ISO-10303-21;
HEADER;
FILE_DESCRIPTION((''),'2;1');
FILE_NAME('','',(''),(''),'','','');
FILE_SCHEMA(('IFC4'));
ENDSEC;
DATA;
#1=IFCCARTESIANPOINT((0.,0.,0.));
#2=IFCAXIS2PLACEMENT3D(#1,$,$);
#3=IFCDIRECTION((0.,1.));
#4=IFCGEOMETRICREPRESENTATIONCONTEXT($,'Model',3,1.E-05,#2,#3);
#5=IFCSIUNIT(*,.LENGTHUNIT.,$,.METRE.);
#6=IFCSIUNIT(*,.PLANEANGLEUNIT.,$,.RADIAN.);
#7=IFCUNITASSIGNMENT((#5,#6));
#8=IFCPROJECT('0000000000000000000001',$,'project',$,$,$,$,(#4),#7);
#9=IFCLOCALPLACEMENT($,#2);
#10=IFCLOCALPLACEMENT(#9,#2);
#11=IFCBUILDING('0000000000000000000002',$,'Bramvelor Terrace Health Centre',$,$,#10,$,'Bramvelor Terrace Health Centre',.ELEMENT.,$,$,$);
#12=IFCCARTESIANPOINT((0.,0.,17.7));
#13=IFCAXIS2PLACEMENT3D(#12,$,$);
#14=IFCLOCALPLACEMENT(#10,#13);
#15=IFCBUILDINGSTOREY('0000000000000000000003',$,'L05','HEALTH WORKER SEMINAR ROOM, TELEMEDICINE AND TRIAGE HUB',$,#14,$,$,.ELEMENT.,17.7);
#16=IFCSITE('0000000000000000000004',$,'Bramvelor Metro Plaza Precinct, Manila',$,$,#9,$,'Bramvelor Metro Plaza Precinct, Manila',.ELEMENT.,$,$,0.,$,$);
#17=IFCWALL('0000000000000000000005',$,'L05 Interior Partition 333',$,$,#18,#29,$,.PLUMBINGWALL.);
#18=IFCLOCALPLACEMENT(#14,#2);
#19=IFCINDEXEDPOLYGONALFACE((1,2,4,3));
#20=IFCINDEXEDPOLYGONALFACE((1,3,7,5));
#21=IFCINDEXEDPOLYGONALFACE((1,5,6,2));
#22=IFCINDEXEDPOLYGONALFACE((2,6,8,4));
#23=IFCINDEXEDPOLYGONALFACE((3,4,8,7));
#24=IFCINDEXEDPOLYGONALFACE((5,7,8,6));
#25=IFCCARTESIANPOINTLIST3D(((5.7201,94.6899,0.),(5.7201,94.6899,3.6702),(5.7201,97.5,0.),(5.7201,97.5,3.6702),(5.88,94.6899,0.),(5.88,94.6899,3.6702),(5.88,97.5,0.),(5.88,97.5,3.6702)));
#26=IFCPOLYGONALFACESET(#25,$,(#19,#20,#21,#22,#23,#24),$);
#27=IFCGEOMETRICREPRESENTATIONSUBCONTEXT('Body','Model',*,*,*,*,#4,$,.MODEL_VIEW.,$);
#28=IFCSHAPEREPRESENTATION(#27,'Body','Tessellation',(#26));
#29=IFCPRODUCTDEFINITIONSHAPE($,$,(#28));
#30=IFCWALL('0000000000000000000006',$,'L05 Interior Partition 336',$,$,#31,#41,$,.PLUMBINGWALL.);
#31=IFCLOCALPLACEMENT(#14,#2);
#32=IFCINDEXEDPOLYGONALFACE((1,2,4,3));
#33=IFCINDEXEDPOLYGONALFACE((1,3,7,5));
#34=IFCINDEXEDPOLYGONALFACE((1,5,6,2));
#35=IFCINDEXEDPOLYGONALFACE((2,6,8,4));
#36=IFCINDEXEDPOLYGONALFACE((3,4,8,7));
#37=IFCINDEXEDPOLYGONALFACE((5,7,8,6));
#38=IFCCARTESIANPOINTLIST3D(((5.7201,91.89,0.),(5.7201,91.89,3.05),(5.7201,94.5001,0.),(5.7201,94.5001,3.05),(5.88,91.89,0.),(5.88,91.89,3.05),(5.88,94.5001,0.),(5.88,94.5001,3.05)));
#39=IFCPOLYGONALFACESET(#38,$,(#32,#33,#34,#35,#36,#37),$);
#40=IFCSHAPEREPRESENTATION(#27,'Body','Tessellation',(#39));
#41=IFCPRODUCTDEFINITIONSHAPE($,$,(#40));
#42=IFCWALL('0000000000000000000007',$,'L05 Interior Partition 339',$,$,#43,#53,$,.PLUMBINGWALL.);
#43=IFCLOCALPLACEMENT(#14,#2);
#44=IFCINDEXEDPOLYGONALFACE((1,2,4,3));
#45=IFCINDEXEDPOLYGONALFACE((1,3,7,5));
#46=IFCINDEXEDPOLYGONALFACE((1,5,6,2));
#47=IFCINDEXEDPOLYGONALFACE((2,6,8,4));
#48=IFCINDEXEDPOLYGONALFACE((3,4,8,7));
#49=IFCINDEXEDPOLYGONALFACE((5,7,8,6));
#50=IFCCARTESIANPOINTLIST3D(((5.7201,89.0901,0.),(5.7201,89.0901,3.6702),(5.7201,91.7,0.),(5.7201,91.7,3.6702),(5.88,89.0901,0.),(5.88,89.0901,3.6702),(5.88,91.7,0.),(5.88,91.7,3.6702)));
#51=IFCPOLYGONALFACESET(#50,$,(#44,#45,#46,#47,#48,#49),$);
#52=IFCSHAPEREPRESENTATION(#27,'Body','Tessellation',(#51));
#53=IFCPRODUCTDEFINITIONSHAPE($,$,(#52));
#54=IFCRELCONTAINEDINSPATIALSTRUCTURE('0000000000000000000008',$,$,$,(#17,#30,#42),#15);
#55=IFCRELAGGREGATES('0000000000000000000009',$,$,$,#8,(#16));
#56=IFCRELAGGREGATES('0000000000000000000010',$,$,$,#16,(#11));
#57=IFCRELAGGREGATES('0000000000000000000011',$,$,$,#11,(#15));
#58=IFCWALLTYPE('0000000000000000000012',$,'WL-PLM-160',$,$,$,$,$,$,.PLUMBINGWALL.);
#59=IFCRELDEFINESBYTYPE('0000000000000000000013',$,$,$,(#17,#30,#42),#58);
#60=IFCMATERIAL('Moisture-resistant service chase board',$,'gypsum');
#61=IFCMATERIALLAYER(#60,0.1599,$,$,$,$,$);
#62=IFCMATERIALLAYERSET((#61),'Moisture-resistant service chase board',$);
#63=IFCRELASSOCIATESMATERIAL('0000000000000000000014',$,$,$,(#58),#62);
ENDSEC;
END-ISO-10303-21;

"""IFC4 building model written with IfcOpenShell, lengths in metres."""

from ifc_helpers import new_model, si_unit, direction, frame, frame_2d, origin, place, context, subcontext, project, spatial, rectangle, extrude, material, layer, layer_set, type_object, element, save


model = new_model("IFC4")

# Units and contexts
model_context = context("Model", 3, precision=1e-05, world=origin(), true_north=direction((0.0, 1.0)))
body_context = subcontext(model_context, "Body", "Model", "MODEL_VIEW")
ifc_project = project(units=[si_unit("LENGTHUNIT", "METRE"), si_unit("PLANEANGLEUNIT", "RADIAN")], contexts=[model_context])

# Site, building, storey
site_placement = place(None, origin())
site = spatial("IfcSite", under=ifc_project, at=site_placement, Name="Bramvelor Metro Plaza Precinct, Manila", LongName="Bramvelor Metro Plaza Precinct, Manila", CompositionType="ELEMENT", RefElevation=0.0)
building_placement = place(site_placement, origin())
building = spatial("IfcBuilding", under=site, at=building_placement, Name="Bramvelor Terrace Health Centre", LongName="Bramvelor Terrace Health Centre", CompositionType="ELEMENT")
storey_placement = place(building_placement, frame((0.0, 0.0, 17.7)))
storey = spatial("IfcBuildingStorey", under=building, at=storey_placement, Name="L05", Description="HEALTH WORKER SEMINAR ROOM, TELEMEDICINE AND TRIAGE HUB", CompositionType="ELEMENT", Elevation=17.7)

# Walls
ifc_material_1 = material(Name="Moisture-resistant service chase board", Category="gypsum")
ifc_layer_1 = layer(ifc_material_1, 0.1599)
ifc_layer_set_1 = layer_set([ifc_layer_1], Name="Moisture-resistant service chase board")
wall_type_1 = type_object("IfcWallType", Name="WL-PLM-160", PredefinedType="PLUMBINGWALL", material=ifc_layer_set_1)
wall_1_placement = place(storey_placement, frame((5.8, 94.6899, 0.0), z_axis=(0.0, 0.0, 1.0), x_axis=(0.0, 1.0, 0.0)))
element("IfcWall", 1, at=wall_1_placement, inside=storey, type_object=wall_type_1, Name="L05 Interior Partition 333", PredefinedType="PLUMBINGWALL", context=body_context, shape_type="SweptSolid", body=[
    extrude(rectangle(XDim=2.8101, YDim=0.1599, at=frame_2d((1.405, 0.0))), origin(), (0.0, 0.0, 1.0), 3.6702),
])
wall_2_placement = place(storey_placement, frame((5.8, 91.8899, 0.0), z_axis=(0.0, 0.0, 1.0), x_axis=(0.0, 1.0, 0.0)))
element("IfcWall", 2, at=wall_2_placement, inside=storey, type_object=wall_type_1, Name="L05 Interior Partition 336", PredefinedType="PLUMBINGWALL", context=body_context, shape_type="SweptSolid", body=[
    extrude(rectangle(XDim=2.6101, YDim=0.1599, at=frame_2d((1.3052, 0.0))), origin(), (0.0, 0.0, 1.0), 3.05),
])
wall_3_placement = place(storey_placement, frame((5.8, 89.0901, 0.0), z_axis=(0.0, 0.0, 1.0), x_axis=(0.0, 1.0, 0.0)))
element("IfcWall", 3, at=wall_3_placement, inside=storey, type_object=wall_type_1, Name="L05 Interior Partition 339", PredefinedType="PLUMBINGWALL", context=body_context, shape_type="SweptSolid", body=[
    extrude(rectangle(XDim=2.6099, YDim=0.1599, at=frame_2d((1.3049, 0.0))), origin(), (0.0, 0.0, 1.0), 3.6702),
])

save(model, "model.ifc")
